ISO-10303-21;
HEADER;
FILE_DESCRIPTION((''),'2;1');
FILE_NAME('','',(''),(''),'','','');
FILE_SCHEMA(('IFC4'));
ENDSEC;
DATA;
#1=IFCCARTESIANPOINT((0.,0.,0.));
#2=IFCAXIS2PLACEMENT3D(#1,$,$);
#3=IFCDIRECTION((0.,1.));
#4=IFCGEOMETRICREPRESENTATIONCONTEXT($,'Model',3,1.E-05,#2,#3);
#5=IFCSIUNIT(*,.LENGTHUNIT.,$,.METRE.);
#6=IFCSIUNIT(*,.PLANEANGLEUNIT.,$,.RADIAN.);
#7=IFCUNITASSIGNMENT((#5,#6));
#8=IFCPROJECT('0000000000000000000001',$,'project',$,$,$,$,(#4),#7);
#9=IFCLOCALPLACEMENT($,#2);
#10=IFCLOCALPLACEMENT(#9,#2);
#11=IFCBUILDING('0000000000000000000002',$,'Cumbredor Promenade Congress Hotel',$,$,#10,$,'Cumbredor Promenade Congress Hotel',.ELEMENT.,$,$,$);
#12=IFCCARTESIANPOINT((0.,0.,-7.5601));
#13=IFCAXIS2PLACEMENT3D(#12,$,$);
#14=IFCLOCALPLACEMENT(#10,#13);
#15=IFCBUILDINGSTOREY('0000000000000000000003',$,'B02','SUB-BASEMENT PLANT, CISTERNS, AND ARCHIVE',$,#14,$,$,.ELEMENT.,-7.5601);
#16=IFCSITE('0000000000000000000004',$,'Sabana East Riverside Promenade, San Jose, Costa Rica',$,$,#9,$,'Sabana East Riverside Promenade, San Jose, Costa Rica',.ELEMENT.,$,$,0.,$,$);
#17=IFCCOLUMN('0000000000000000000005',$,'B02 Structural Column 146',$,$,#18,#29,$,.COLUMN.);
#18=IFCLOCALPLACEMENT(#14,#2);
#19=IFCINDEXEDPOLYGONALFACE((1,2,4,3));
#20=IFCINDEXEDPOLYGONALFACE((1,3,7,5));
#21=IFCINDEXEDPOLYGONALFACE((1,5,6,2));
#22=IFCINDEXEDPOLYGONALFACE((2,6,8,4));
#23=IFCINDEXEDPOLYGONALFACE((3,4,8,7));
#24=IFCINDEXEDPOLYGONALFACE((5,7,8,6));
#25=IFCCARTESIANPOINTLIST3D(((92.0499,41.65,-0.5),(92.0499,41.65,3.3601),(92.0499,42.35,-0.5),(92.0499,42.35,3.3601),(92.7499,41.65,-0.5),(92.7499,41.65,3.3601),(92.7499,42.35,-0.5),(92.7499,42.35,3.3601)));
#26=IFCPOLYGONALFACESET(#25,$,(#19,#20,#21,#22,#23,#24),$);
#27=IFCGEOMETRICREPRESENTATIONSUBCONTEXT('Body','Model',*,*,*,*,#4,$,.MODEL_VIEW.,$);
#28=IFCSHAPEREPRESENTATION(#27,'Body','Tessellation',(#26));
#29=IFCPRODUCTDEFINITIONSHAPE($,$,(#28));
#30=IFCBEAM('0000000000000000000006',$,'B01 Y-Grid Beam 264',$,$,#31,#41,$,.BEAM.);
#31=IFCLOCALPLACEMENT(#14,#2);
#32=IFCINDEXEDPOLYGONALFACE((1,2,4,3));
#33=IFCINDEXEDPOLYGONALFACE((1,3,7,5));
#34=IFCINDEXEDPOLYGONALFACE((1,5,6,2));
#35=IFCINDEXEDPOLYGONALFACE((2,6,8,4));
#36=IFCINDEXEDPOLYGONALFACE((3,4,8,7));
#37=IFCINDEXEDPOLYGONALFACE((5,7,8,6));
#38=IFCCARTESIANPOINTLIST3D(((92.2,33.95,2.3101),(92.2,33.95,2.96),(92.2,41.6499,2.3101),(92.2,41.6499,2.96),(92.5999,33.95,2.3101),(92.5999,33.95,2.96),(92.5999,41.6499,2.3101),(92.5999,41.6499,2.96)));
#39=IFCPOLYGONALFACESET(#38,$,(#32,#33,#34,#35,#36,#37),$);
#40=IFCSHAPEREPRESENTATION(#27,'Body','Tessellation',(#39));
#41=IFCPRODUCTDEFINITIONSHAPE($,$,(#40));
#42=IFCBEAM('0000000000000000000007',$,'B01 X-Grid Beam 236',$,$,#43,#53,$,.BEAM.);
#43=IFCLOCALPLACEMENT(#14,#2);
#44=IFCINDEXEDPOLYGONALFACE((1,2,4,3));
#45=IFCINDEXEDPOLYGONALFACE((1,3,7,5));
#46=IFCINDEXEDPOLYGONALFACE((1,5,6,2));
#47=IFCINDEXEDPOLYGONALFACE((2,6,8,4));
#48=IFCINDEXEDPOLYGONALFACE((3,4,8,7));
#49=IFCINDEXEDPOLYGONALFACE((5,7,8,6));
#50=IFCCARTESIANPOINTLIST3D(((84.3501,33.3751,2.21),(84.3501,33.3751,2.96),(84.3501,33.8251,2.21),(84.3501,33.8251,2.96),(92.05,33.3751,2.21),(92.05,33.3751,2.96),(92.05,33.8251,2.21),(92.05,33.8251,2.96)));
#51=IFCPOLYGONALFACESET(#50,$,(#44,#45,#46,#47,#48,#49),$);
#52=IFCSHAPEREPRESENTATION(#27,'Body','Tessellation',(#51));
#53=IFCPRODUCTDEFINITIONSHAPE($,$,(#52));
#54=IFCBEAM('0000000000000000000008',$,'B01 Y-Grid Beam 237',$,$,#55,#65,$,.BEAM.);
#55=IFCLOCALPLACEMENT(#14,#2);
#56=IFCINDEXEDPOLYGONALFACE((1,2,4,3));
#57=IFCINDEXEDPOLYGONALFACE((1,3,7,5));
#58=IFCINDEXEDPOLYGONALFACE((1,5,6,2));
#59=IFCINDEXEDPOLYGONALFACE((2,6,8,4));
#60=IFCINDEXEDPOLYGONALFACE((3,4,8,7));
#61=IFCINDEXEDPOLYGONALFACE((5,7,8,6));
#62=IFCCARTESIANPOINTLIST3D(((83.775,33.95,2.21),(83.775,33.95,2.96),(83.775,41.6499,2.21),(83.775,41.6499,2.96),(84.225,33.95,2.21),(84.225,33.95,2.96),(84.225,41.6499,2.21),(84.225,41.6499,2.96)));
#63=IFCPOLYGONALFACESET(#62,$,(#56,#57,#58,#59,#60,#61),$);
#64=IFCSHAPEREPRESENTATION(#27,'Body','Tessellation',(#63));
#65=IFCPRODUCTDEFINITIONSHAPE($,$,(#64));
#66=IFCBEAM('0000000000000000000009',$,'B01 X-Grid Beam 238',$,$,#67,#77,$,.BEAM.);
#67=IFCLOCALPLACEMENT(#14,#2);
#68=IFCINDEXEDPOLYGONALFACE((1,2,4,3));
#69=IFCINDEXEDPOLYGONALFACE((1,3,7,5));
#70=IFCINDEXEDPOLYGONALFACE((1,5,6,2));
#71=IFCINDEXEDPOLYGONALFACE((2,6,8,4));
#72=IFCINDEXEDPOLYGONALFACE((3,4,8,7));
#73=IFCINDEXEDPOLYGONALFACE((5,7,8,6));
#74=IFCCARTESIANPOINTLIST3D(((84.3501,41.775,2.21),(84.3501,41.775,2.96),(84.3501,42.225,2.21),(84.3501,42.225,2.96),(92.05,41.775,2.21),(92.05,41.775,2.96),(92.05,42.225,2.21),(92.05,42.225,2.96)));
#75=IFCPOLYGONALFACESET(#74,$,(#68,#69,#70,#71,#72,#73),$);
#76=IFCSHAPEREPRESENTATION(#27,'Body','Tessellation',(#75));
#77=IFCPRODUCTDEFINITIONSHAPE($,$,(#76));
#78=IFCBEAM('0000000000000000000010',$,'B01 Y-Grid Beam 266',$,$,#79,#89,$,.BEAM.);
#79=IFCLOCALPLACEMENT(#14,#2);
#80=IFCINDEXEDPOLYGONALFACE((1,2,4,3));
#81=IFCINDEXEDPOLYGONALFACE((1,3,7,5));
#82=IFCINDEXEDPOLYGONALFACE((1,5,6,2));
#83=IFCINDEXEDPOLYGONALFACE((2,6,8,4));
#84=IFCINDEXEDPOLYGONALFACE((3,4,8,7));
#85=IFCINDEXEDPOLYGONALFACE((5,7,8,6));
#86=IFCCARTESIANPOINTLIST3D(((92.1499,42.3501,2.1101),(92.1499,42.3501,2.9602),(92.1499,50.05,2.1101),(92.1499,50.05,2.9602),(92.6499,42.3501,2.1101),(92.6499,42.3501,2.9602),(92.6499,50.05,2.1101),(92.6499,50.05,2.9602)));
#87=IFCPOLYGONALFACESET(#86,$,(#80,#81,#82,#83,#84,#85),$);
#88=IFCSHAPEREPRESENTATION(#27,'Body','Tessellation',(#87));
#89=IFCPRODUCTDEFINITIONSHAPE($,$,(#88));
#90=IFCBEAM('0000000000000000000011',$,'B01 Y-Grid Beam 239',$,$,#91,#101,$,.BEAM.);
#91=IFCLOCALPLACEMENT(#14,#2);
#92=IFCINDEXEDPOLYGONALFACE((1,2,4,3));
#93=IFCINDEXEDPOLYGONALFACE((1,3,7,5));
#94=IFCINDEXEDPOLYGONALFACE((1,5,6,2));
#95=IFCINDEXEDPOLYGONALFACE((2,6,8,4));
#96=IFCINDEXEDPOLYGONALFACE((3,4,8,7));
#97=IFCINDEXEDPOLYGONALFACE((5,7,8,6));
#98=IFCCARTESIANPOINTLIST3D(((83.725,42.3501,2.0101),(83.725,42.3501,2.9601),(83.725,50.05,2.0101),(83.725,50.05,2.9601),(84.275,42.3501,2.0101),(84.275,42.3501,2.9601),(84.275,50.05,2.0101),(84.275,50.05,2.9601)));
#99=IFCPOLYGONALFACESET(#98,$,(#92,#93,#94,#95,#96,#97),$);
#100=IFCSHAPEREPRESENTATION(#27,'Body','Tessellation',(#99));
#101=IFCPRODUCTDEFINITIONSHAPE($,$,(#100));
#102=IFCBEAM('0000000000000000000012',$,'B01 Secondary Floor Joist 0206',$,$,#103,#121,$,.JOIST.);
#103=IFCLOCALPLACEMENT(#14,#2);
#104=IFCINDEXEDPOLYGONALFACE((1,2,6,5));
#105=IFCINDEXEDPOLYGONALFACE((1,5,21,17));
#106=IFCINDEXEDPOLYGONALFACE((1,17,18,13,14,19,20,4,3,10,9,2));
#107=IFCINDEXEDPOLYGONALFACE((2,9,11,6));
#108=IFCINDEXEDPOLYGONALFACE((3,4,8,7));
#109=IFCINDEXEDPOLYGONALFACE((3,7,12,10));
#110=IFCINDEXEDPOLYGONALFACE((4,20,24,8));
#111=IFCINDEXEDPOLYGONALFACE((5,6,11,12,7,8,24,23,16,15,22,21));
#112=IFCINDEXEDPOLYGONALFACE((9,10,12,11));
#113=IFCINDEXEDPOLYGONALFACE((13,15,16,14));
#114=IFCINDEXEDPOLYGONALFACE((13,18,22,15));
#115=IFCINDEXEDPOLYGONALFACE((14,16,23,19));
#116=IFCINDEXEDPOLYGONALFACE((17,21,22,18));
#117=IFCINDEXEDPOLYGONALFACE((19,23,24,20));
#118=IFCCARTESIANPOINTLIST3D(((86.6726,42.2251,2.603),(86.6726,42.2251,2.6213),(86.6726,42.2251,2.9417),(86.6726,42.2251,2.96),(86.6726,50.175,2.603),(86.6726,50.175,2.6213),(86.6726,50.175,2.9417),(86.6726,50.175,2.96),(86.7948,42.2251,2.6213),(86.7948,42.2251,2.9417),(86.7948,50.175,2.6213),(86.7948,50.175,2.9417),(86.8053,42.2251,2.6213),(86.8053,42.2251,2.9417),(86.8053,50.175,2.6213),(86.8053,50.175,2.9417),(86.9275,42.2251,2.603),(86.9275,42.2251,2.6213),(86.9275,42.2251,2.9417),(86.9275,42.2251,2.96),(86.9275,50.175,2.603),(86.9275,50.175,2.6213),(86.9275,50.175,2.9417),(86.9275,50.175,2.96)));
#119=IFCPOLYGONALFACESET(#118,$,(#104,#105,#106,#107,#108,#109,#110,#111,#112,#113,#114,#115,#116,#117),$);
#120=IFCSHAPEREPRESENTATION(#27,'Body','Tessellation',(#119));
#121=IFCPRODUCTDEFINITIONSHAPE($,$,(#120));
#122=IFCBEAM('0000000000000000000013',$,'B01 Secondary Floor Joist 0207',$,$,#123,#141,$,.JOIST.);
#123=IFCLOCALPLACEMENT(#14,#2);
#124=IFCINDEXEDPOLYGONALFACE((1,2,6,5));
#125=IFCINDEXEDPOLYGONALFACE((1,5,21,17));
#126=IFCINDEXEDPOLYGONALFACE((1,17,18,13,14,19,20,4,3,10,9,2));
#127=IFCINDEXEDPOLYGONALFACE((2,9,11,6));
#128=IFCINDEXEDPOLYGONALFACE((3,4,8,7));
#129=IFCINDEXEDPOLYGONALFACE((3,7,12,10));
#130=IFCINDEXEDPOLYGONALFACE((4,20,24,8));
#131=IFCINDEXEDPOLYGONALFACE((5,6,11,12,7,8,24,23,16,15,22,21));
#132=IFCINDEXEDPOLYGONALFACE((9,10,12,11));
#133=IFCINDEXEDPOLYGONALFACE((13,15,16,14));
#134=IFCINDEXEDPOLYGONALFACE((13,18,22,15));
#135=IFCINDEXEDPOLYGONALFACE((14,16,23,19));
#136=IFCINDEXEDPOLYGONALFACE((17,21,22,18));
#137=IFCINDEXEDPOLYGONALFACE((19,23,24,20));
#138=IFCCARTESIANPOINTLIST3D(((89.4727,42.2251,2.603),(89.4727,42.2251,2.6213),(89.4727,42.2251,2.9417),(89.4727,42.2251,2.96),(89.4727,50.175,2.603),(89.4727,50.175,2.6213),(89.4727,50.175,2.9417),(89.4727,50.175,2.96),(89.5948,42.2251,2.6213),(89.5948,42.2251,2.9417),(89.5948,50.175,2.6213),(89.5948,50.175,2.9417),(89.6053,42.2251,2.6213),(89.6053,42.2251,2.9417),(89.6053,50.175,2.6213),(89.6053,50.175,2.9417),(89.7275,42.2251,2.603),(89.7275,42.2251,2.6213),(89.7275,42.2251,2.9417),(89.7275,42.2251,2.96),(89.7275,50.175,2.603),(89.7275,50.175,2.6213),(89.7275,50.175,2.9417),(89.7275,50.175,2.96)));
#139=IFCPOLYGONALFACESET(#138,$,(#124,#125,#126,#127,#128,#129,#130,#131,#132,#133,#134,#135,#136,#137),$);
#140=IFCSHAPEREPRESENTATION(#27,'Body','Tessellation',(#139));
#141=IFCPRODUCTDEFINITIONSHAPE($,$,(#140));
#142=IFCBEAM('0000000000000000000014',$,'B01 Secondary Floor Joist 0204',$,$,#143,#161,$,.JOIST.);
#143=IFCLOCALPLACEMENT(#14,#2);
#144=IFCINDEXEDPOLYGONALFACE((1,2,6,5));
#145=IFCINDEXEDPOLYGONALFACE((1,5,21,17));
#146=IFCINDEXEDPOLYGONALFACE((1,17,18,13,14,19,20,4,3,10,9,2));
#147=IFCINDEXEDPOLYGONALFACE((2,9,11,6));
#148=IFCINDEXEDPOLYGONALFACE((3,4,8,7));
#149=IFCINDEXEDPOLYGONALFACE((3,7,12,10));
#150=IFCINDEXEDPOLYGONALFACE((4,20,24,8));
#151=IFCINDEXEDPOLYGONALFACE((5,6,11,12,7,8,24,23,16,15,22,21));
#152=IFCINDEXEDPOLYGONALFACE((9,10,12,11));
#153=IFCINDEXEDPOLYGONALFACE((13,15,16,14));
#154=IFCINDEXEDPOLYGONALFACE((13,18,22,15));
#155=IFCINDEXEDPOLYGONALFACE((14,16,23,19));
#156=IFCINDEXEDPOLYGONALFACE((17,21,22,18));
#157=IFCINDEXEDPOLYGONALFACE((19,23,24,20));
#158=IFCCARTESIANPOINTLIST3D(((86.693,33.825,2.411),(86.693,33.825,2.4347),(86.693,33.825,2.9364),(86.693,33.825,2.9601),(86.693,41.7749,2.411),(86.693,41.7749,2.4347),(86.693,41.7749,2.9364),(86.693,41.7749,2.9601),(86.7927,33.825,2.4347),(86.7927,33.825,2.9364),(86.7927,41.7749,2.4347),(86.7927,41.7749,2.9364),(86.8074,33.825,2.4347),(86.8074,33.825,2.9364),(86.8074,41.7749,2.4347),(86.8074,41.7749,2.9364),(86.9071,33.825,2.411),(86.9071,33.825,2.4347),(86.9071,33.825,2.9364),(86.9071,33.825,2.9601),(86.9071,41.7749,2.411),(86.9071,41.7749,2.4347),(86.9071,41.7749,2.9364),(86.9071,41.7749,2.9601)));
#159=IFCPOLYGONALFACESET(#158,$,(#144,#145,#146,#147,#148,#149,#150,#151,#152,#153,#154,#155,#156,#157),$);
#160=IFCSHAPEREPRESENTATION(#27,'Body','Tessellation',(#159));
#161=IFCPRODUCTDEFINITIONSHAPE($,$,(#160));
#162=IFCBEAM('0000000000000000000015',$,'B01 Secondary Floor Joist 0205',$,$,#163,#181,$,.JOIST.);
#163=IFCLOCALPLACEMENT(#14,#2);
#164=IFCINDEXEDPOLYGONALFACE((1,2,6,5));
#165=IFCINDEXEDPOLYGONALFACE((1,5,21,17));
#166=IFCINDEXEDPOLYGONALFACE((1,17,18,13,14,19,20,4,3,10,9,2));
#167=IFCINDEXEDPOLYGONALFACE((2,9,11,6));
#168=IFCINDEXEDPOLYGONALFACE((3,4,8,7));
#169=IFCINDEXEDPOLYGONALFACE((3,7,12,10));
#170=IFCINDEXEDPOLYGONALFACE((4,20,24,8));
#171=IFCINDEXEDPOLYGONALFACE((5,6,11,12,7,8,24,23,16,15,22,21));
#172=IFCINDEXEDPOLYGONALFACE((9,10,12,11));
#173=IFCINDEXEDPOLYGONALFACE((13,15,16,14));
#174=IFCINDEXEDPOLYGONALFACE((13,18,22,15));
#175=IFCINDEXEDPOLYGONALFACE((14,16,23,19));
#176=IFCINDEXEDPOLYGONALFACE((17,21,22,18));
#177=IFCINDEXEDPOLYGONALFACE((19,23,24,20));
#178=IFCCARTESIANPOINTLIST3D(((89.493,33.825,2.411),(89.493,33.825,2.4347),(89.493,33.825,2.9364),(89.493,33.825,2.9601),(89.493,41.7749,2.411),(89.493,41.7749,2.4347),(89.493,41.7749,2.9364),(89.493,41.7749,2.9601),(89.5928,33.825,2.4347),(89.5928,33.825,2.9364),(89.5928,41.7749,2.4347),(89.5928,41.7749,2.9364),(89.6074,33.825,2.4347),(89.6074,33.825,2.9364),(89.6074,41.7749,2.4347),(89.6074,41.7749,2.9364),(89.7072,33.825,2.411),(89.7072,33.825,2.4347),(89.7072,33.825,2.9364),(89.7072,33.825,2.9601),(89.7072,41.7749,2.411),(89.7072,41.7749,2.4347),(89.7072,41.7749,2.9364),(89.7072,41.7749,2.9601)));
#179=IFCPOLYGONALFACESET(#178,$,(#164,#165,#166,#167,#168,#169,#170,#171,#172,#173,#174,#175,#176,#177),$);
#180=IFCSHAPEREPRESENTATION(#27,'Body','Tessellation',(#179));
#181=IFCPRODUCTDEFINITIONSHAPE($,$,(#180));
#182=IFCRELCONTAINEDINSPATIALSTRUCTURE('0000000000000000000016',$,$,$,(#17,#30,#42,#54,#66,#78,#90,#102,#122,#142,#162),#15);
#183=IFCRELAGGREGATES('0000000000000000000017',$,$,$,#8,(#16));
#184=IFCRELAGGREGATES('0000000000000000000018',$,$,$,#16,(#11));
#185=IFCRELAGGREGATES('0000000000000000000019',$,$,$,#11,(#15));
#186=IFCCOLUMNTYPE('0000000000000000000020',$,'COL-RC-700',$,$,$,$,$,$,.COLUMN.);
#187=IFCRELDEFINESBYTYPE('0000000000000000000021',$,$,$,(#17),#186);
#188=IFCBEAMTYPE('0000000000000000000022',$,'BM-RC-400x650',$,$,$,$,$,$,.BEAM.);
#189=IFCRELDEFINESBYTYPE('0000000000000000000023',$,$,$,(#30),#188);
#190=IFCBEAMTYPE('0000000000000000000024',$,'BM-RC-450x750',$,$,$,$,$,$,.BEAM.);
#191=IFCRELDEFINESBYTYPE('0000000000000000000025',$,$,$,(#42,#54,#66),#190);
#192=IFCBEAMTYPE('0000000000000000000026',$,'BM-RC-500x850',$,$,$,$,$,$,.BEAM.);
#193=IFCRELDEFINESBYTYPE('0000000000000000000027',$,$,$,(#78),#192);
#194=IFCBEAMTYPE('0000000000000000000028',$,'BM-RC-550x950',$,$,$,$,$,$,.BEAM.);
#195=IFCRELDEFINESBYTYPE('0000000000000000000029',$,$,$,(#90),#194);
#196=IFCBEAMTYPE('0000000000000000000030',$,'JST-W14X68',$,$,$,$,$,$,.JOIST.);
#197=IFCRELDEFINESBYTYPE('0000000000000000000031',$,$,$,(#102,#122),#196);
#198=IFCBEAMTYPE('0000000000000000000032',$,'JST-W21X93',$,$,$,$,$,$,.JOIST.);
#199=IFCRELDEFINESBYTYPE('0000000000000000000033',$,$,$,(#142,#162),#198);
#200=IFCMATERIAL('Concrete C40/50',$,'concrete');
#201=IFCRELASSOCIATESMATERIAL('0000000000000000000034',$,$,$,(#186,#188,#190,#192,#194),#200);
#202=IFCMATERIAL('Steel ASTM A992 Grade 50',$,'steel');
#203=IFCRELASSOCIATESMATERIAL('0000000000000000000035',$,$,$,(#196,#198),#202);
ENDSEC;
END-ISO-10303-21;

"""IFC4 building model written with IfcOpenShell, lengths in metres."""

from ifc_helpers import new_model, si_unit, direction, frame, origin, origin_2d, place, context, subcontext, project, spatial, rectangle, i_section, extrude, material, material_profile, profile_set, type_object, element, save


model = new_model("IFC4")

# Units and contexts
model_context = context("Model", 3, precision=1e-05, world=origin(), true_north=direction((0.0, 1.0)))
body_context = subcontext(model_context, "Body", "Model", "MODEL_VIEW")
ifc_project = project(units=[si_unit("LENGTHUNIT", "METRE"), si_unit("PLANEANGLEUNIT", "RADIAN")], contexts=[model_context])

# Site, building, storey
site_placement = place(None, origin())
site = spatial("IfcSite", under=ifc_project, at=site_placement, Name="Sabana East Riverside Promenade, San Jose, Costa Rica", LongName="Sabana East Riverside Promenade, San Jose, Costa Rica", CompositionType="ELEMENT", RefElevation=0.0)
building_placement = place(site_placement, origin())
building = spatial("IfcBuilding", under=site, at=building_placement, Name="Cumbredor Promenade Congress Hotel", LongName="Cumbredor Promenade Congress Hotel", CompositionType="ELEMENT")
storey_placement = place(building_placement, frame((0.0, 0.0, -7.5601)))
storey = spatial("IfcBuildingStorey", under=building, at=storey_placement, Name="B02", Description="SUB-BASEMENT PLANT, CISTERNS, AND ARCHIVE", CompositionType="ELEMENT", Elevation=-7.5601)

# Shared definitions
ifc_material_1 = material(Name="Concrete C40/50", Category="concrete")

# Column
ifc_material_profile_1 = material_profile(ifc_material_1, rectangle(XDim=0.7, YDim=0.7, at=origin_2d()), Name="RC 700x700")
ifc_profile_set_1 = profile_set([ifc_material_profile_1], Name="Concrete C40/50")
column_type = type_object("IfcColumnType", Name="COL-RC-700", PredefinedType="COLUMN", material=ifc_profile_set_1)
for number, where, z_axis, x_axis, name in (
    (1, (92.3999, 42.0, -0.5), (0.0, 0.0, 1.0), (1.0, 0.0, 0.0), "B02 Structural Column 146"),
):
    element("IfcColumn", number, at=place(storey_placement, frame(where, z_axis=z_axis, x_axis=x_axis)), inside=storey, type_object=column_type, Name=name, PredefinedType="COLUMN", context=body_context, shape_type="SweptSolid", body=[
        extrude(rectangle(XDim=0.7, YDim=0.7, at=origin_2d()), origin(), (0.0, 0.0, 1.0), 3.8601),
    ])

# Beams
ifc_material_profile_2 = material_profile(ifc_material_1, rectangle(XDim=0.3999, YDim=0.6499, at=origin_2d()), Name="RC BEAM 400x650")
ifc_profile_set_2 = profile_set([ifc_material_profile_2], Name="Concrete C40/50")
beam_type_1 = type_object("IfcBeamType", Name="BM-RC-400x650", PredefinedType="BEAM", material=ifc_profile_set_2)
beam_1_placement = place(storey_placement, frame((92.3999, 33.95, 2.635), z_axis=(0.0, 1.0, 0.0), x_axis=(-1.0, 0.0, 0.0)))
element("IfcBeam", 2, at=beam_1_placement, inside=storey, type_object=beam_type_1, Name="B01 Y-Grid Beam 264", PredefinedType="BEAM", context=body_context, shape_type="SweptSolid", body=[
    extrude(rectangle(XDim=0.3999, YDim=0.6499, at=origin_2d()), origin(), (0.0, 0.0, 1.0), 7.7),
])
ifc_material_profile_3 = material_profile(ifc_material_1, rectangle(XDim=0.45, YDim=0.75, at=origin_2d()), Name="RC BEAM 450x750")
ifc_profile_set_3 = profile_set([ifc_material_profile_3], Name="Concrete C40/50")
beam_type_2 = type_object("IfcBeamType", Name="BM-RC-450x750", PredefinedType="BEAM", material=ifc_profile_set_3)
for number, where, z_axis, x_axis, name in (
    (3, (84.3501, 33.6001, 2.585), (1.0, 0.0, 0.0), (0.0, 1.0, 0.0), "B01 X-Grid Beam 236"),
    (4, (84.0, 33.95, 2.585), (0.0, 1.0, 0.0), (-1.0, 0.0, 0.0), "B01 Y-Grid Beam 237"),
    (5, (84.3501, 42.0, 2.585), (1.0, 0.0, 0.0), (0.0, 1.0, 0.0), "B01 X-Grid Beam 238"),
):
    element("IfcBeam", number, at=place(storey_placement, frame(where, z_axis=z_axis, x_axis=x_axis)), inside=storey, type_object=beam_type_2, Name=name, PredefinedType="BEAM", context=body_context, shape_type="SweptSolid", body=[
        extrude(rectangle(XDim=0.45, YDim=0.75, at=origin_2d()), origin(), (0.0, 0.0, 1.0), 7.7),
    ])
ifc_material_profile_4 = material_profile(ifc_material_1, rectangle(XDim=0.5, YDim=0.8501, at=origin_2d()), Name="RC BEAM 500x850")
ifc_profile_set_4 = profile_set([ifc_material_profile_4], Name="Concrete C40/50")
beam_type_3 = type_object("IfcBeamType", Name="BM-RC-500x850", PredefinedType="BEAM", material=ifc_profile_set_4)
beam_2_placement = place(storey_placement, frame((92.3999, 42.3501, 2.5352), z_axis=(0.0, 1.0, 0.0), x_axis=(-1.0, 0.0, 0.0)))
element("IfcBeam", 6, at=beam_2_placement, inside=storey, type_object=beam_type_3, Name="B01 Y-Grid Beam 266", PredefinedType="BEAM", context=body_context, shape_type="SweptSolid", body=[
    extrude(rectangle(XDim=0.5, YDim=0.8501, at=origin_2d()), origin(), (0.0, 0.0, 1.0), 7.7),
])
ifc_material_profile_5 = material_profile(ifc_material_1, rectangle(XDim=0.55, YDim=0.95, at=origin_2d()), Name="RC BEAM 550x950")
ifc_profile_set_5 = profile_set([ifc_material_profile_5], Name="Concrete C40/50")
beam_type_4 = type_object("IfcBeamType", Name="BM-RC-550x950", PredefinedType="BEAM", material=ifc_profile_set_5)
beam_3_placement = place(storey_placement, frame((84.0, 42.3501, 2.4851), z_axis=(0.0, 1.0, 0.0), x_axis=(-1.0, 0.0, 0.0)))
element("IfcBeam", 7, at=beam_3_placement, inside=storey, type_object=beam_type_4, Name="B01 Y-Grid Beam 239", PredefinedType="BEAM", context=body_context, shape_type="SweptSolid", body=[
    extrude(rectangle(XDim=0.55, YDim=0.95, at=origin_2d()), origin(), (0.0, 0.0, 1.0), 7.7),
])
ifc_material_2 = material(Name="Steel ASTM A992 Grade 50", Category="steel")
ifc_material_profile_6 = material_profile(ifc_material_2, i_section(OverallWidth=0.2549, OverallDepth=0.3569, WebThickness=0.0105, FlangeThickness=0.0183, at=origin_2d()), Name="W14X68")
ifc_profile_set_6 = profile_set([ifc_material_profile_6], Name="Steel ASTM A992 Grade 50")
beam_type_5 = type_object("IfcBeamType", Name="JST-W14X68", PredefinedType="JOIST", material=ifc_profile_set_6)
for number, where, z_axis, x_axis, name in (
    (8, (86.8, 42.2251, 2.7815), (0.0, 1.0, 0.0), (-1.0, 0.0, 0.0), "B01 Secondary Floor Joist 0206"),
    (9, (89.6001, 42.2251, 2.7815), (0.0, 1.0, 0.0), (-1.0, 0.0, 0.0), "B01 Secondary Floor Joist 0207"),
):
    element("IfcBeam", number, at=place(storey_placement, frame(where, z_axis=z_axis, x_axis=x_axis)), inside=storey, type_object=beam_type_5, Name=name, PredefinedType="JOIST", context=body_context, shape_type="SweptSolid", body=[
        extrude(i_section(OverallWidth=0.2549, OverallDepth=0.3569, WebThickness=0.0105, FlangeThickness=0.0183, at=origin_2d()), origin(), (0.0, 0.0, 1.0), 7.95),
    ])
ifc_material_profile_7 = material_profile(ifc_material_2, i_section(OverallWidth=0.2141, OverallDepth=0.5491, WebThickness=0.0146, FlangeThickness=0.0237, at=origin_2d()), Name="W21X93")
ifc_profile_set_7 = profile_set([ifc_material_profile_7], Name="Steel ASTM A992 Grade 50")
beam_type_6 = type_object("IfcBeamType", Name="JST-W21X93", PredefinedType="JOIST", material=ifc_profile_set_7)
for number, where, z_axis, x_axis, name in (
    (10, (86.8, 33.825, 2.6855), (0.0, 1.0, 0.0), (-1.0, 0.0, 0.0), "B01 Secondary Floor Joist 0204"),
    (11, (89.6001, 33.825, 2.6855), (0.0, 1.0, 0.0), (-1.0, 0.0, 0.0), "B01 Secondary Floor Joist 0205"),
):
    element("IfcBeam", number, at=place(storey_placement, frame(where, z_axis=z_axis, x_axis=x_axis)), inside=storey, type_object=beam_type_6, Name=name, PredefinedType="JOIST", context=body_context, shape_type="SweptSolid", body=[
        extrude(i_section(OverallWidth=0.2141, OverallDepth=0.5491, WebThickness=0.0146, FlangeThickness=0.0237, at=origin_2d()), origin(), (0.0, 0.0, 1.0), 7.95),
    ])

save(model, "model.ifc")
